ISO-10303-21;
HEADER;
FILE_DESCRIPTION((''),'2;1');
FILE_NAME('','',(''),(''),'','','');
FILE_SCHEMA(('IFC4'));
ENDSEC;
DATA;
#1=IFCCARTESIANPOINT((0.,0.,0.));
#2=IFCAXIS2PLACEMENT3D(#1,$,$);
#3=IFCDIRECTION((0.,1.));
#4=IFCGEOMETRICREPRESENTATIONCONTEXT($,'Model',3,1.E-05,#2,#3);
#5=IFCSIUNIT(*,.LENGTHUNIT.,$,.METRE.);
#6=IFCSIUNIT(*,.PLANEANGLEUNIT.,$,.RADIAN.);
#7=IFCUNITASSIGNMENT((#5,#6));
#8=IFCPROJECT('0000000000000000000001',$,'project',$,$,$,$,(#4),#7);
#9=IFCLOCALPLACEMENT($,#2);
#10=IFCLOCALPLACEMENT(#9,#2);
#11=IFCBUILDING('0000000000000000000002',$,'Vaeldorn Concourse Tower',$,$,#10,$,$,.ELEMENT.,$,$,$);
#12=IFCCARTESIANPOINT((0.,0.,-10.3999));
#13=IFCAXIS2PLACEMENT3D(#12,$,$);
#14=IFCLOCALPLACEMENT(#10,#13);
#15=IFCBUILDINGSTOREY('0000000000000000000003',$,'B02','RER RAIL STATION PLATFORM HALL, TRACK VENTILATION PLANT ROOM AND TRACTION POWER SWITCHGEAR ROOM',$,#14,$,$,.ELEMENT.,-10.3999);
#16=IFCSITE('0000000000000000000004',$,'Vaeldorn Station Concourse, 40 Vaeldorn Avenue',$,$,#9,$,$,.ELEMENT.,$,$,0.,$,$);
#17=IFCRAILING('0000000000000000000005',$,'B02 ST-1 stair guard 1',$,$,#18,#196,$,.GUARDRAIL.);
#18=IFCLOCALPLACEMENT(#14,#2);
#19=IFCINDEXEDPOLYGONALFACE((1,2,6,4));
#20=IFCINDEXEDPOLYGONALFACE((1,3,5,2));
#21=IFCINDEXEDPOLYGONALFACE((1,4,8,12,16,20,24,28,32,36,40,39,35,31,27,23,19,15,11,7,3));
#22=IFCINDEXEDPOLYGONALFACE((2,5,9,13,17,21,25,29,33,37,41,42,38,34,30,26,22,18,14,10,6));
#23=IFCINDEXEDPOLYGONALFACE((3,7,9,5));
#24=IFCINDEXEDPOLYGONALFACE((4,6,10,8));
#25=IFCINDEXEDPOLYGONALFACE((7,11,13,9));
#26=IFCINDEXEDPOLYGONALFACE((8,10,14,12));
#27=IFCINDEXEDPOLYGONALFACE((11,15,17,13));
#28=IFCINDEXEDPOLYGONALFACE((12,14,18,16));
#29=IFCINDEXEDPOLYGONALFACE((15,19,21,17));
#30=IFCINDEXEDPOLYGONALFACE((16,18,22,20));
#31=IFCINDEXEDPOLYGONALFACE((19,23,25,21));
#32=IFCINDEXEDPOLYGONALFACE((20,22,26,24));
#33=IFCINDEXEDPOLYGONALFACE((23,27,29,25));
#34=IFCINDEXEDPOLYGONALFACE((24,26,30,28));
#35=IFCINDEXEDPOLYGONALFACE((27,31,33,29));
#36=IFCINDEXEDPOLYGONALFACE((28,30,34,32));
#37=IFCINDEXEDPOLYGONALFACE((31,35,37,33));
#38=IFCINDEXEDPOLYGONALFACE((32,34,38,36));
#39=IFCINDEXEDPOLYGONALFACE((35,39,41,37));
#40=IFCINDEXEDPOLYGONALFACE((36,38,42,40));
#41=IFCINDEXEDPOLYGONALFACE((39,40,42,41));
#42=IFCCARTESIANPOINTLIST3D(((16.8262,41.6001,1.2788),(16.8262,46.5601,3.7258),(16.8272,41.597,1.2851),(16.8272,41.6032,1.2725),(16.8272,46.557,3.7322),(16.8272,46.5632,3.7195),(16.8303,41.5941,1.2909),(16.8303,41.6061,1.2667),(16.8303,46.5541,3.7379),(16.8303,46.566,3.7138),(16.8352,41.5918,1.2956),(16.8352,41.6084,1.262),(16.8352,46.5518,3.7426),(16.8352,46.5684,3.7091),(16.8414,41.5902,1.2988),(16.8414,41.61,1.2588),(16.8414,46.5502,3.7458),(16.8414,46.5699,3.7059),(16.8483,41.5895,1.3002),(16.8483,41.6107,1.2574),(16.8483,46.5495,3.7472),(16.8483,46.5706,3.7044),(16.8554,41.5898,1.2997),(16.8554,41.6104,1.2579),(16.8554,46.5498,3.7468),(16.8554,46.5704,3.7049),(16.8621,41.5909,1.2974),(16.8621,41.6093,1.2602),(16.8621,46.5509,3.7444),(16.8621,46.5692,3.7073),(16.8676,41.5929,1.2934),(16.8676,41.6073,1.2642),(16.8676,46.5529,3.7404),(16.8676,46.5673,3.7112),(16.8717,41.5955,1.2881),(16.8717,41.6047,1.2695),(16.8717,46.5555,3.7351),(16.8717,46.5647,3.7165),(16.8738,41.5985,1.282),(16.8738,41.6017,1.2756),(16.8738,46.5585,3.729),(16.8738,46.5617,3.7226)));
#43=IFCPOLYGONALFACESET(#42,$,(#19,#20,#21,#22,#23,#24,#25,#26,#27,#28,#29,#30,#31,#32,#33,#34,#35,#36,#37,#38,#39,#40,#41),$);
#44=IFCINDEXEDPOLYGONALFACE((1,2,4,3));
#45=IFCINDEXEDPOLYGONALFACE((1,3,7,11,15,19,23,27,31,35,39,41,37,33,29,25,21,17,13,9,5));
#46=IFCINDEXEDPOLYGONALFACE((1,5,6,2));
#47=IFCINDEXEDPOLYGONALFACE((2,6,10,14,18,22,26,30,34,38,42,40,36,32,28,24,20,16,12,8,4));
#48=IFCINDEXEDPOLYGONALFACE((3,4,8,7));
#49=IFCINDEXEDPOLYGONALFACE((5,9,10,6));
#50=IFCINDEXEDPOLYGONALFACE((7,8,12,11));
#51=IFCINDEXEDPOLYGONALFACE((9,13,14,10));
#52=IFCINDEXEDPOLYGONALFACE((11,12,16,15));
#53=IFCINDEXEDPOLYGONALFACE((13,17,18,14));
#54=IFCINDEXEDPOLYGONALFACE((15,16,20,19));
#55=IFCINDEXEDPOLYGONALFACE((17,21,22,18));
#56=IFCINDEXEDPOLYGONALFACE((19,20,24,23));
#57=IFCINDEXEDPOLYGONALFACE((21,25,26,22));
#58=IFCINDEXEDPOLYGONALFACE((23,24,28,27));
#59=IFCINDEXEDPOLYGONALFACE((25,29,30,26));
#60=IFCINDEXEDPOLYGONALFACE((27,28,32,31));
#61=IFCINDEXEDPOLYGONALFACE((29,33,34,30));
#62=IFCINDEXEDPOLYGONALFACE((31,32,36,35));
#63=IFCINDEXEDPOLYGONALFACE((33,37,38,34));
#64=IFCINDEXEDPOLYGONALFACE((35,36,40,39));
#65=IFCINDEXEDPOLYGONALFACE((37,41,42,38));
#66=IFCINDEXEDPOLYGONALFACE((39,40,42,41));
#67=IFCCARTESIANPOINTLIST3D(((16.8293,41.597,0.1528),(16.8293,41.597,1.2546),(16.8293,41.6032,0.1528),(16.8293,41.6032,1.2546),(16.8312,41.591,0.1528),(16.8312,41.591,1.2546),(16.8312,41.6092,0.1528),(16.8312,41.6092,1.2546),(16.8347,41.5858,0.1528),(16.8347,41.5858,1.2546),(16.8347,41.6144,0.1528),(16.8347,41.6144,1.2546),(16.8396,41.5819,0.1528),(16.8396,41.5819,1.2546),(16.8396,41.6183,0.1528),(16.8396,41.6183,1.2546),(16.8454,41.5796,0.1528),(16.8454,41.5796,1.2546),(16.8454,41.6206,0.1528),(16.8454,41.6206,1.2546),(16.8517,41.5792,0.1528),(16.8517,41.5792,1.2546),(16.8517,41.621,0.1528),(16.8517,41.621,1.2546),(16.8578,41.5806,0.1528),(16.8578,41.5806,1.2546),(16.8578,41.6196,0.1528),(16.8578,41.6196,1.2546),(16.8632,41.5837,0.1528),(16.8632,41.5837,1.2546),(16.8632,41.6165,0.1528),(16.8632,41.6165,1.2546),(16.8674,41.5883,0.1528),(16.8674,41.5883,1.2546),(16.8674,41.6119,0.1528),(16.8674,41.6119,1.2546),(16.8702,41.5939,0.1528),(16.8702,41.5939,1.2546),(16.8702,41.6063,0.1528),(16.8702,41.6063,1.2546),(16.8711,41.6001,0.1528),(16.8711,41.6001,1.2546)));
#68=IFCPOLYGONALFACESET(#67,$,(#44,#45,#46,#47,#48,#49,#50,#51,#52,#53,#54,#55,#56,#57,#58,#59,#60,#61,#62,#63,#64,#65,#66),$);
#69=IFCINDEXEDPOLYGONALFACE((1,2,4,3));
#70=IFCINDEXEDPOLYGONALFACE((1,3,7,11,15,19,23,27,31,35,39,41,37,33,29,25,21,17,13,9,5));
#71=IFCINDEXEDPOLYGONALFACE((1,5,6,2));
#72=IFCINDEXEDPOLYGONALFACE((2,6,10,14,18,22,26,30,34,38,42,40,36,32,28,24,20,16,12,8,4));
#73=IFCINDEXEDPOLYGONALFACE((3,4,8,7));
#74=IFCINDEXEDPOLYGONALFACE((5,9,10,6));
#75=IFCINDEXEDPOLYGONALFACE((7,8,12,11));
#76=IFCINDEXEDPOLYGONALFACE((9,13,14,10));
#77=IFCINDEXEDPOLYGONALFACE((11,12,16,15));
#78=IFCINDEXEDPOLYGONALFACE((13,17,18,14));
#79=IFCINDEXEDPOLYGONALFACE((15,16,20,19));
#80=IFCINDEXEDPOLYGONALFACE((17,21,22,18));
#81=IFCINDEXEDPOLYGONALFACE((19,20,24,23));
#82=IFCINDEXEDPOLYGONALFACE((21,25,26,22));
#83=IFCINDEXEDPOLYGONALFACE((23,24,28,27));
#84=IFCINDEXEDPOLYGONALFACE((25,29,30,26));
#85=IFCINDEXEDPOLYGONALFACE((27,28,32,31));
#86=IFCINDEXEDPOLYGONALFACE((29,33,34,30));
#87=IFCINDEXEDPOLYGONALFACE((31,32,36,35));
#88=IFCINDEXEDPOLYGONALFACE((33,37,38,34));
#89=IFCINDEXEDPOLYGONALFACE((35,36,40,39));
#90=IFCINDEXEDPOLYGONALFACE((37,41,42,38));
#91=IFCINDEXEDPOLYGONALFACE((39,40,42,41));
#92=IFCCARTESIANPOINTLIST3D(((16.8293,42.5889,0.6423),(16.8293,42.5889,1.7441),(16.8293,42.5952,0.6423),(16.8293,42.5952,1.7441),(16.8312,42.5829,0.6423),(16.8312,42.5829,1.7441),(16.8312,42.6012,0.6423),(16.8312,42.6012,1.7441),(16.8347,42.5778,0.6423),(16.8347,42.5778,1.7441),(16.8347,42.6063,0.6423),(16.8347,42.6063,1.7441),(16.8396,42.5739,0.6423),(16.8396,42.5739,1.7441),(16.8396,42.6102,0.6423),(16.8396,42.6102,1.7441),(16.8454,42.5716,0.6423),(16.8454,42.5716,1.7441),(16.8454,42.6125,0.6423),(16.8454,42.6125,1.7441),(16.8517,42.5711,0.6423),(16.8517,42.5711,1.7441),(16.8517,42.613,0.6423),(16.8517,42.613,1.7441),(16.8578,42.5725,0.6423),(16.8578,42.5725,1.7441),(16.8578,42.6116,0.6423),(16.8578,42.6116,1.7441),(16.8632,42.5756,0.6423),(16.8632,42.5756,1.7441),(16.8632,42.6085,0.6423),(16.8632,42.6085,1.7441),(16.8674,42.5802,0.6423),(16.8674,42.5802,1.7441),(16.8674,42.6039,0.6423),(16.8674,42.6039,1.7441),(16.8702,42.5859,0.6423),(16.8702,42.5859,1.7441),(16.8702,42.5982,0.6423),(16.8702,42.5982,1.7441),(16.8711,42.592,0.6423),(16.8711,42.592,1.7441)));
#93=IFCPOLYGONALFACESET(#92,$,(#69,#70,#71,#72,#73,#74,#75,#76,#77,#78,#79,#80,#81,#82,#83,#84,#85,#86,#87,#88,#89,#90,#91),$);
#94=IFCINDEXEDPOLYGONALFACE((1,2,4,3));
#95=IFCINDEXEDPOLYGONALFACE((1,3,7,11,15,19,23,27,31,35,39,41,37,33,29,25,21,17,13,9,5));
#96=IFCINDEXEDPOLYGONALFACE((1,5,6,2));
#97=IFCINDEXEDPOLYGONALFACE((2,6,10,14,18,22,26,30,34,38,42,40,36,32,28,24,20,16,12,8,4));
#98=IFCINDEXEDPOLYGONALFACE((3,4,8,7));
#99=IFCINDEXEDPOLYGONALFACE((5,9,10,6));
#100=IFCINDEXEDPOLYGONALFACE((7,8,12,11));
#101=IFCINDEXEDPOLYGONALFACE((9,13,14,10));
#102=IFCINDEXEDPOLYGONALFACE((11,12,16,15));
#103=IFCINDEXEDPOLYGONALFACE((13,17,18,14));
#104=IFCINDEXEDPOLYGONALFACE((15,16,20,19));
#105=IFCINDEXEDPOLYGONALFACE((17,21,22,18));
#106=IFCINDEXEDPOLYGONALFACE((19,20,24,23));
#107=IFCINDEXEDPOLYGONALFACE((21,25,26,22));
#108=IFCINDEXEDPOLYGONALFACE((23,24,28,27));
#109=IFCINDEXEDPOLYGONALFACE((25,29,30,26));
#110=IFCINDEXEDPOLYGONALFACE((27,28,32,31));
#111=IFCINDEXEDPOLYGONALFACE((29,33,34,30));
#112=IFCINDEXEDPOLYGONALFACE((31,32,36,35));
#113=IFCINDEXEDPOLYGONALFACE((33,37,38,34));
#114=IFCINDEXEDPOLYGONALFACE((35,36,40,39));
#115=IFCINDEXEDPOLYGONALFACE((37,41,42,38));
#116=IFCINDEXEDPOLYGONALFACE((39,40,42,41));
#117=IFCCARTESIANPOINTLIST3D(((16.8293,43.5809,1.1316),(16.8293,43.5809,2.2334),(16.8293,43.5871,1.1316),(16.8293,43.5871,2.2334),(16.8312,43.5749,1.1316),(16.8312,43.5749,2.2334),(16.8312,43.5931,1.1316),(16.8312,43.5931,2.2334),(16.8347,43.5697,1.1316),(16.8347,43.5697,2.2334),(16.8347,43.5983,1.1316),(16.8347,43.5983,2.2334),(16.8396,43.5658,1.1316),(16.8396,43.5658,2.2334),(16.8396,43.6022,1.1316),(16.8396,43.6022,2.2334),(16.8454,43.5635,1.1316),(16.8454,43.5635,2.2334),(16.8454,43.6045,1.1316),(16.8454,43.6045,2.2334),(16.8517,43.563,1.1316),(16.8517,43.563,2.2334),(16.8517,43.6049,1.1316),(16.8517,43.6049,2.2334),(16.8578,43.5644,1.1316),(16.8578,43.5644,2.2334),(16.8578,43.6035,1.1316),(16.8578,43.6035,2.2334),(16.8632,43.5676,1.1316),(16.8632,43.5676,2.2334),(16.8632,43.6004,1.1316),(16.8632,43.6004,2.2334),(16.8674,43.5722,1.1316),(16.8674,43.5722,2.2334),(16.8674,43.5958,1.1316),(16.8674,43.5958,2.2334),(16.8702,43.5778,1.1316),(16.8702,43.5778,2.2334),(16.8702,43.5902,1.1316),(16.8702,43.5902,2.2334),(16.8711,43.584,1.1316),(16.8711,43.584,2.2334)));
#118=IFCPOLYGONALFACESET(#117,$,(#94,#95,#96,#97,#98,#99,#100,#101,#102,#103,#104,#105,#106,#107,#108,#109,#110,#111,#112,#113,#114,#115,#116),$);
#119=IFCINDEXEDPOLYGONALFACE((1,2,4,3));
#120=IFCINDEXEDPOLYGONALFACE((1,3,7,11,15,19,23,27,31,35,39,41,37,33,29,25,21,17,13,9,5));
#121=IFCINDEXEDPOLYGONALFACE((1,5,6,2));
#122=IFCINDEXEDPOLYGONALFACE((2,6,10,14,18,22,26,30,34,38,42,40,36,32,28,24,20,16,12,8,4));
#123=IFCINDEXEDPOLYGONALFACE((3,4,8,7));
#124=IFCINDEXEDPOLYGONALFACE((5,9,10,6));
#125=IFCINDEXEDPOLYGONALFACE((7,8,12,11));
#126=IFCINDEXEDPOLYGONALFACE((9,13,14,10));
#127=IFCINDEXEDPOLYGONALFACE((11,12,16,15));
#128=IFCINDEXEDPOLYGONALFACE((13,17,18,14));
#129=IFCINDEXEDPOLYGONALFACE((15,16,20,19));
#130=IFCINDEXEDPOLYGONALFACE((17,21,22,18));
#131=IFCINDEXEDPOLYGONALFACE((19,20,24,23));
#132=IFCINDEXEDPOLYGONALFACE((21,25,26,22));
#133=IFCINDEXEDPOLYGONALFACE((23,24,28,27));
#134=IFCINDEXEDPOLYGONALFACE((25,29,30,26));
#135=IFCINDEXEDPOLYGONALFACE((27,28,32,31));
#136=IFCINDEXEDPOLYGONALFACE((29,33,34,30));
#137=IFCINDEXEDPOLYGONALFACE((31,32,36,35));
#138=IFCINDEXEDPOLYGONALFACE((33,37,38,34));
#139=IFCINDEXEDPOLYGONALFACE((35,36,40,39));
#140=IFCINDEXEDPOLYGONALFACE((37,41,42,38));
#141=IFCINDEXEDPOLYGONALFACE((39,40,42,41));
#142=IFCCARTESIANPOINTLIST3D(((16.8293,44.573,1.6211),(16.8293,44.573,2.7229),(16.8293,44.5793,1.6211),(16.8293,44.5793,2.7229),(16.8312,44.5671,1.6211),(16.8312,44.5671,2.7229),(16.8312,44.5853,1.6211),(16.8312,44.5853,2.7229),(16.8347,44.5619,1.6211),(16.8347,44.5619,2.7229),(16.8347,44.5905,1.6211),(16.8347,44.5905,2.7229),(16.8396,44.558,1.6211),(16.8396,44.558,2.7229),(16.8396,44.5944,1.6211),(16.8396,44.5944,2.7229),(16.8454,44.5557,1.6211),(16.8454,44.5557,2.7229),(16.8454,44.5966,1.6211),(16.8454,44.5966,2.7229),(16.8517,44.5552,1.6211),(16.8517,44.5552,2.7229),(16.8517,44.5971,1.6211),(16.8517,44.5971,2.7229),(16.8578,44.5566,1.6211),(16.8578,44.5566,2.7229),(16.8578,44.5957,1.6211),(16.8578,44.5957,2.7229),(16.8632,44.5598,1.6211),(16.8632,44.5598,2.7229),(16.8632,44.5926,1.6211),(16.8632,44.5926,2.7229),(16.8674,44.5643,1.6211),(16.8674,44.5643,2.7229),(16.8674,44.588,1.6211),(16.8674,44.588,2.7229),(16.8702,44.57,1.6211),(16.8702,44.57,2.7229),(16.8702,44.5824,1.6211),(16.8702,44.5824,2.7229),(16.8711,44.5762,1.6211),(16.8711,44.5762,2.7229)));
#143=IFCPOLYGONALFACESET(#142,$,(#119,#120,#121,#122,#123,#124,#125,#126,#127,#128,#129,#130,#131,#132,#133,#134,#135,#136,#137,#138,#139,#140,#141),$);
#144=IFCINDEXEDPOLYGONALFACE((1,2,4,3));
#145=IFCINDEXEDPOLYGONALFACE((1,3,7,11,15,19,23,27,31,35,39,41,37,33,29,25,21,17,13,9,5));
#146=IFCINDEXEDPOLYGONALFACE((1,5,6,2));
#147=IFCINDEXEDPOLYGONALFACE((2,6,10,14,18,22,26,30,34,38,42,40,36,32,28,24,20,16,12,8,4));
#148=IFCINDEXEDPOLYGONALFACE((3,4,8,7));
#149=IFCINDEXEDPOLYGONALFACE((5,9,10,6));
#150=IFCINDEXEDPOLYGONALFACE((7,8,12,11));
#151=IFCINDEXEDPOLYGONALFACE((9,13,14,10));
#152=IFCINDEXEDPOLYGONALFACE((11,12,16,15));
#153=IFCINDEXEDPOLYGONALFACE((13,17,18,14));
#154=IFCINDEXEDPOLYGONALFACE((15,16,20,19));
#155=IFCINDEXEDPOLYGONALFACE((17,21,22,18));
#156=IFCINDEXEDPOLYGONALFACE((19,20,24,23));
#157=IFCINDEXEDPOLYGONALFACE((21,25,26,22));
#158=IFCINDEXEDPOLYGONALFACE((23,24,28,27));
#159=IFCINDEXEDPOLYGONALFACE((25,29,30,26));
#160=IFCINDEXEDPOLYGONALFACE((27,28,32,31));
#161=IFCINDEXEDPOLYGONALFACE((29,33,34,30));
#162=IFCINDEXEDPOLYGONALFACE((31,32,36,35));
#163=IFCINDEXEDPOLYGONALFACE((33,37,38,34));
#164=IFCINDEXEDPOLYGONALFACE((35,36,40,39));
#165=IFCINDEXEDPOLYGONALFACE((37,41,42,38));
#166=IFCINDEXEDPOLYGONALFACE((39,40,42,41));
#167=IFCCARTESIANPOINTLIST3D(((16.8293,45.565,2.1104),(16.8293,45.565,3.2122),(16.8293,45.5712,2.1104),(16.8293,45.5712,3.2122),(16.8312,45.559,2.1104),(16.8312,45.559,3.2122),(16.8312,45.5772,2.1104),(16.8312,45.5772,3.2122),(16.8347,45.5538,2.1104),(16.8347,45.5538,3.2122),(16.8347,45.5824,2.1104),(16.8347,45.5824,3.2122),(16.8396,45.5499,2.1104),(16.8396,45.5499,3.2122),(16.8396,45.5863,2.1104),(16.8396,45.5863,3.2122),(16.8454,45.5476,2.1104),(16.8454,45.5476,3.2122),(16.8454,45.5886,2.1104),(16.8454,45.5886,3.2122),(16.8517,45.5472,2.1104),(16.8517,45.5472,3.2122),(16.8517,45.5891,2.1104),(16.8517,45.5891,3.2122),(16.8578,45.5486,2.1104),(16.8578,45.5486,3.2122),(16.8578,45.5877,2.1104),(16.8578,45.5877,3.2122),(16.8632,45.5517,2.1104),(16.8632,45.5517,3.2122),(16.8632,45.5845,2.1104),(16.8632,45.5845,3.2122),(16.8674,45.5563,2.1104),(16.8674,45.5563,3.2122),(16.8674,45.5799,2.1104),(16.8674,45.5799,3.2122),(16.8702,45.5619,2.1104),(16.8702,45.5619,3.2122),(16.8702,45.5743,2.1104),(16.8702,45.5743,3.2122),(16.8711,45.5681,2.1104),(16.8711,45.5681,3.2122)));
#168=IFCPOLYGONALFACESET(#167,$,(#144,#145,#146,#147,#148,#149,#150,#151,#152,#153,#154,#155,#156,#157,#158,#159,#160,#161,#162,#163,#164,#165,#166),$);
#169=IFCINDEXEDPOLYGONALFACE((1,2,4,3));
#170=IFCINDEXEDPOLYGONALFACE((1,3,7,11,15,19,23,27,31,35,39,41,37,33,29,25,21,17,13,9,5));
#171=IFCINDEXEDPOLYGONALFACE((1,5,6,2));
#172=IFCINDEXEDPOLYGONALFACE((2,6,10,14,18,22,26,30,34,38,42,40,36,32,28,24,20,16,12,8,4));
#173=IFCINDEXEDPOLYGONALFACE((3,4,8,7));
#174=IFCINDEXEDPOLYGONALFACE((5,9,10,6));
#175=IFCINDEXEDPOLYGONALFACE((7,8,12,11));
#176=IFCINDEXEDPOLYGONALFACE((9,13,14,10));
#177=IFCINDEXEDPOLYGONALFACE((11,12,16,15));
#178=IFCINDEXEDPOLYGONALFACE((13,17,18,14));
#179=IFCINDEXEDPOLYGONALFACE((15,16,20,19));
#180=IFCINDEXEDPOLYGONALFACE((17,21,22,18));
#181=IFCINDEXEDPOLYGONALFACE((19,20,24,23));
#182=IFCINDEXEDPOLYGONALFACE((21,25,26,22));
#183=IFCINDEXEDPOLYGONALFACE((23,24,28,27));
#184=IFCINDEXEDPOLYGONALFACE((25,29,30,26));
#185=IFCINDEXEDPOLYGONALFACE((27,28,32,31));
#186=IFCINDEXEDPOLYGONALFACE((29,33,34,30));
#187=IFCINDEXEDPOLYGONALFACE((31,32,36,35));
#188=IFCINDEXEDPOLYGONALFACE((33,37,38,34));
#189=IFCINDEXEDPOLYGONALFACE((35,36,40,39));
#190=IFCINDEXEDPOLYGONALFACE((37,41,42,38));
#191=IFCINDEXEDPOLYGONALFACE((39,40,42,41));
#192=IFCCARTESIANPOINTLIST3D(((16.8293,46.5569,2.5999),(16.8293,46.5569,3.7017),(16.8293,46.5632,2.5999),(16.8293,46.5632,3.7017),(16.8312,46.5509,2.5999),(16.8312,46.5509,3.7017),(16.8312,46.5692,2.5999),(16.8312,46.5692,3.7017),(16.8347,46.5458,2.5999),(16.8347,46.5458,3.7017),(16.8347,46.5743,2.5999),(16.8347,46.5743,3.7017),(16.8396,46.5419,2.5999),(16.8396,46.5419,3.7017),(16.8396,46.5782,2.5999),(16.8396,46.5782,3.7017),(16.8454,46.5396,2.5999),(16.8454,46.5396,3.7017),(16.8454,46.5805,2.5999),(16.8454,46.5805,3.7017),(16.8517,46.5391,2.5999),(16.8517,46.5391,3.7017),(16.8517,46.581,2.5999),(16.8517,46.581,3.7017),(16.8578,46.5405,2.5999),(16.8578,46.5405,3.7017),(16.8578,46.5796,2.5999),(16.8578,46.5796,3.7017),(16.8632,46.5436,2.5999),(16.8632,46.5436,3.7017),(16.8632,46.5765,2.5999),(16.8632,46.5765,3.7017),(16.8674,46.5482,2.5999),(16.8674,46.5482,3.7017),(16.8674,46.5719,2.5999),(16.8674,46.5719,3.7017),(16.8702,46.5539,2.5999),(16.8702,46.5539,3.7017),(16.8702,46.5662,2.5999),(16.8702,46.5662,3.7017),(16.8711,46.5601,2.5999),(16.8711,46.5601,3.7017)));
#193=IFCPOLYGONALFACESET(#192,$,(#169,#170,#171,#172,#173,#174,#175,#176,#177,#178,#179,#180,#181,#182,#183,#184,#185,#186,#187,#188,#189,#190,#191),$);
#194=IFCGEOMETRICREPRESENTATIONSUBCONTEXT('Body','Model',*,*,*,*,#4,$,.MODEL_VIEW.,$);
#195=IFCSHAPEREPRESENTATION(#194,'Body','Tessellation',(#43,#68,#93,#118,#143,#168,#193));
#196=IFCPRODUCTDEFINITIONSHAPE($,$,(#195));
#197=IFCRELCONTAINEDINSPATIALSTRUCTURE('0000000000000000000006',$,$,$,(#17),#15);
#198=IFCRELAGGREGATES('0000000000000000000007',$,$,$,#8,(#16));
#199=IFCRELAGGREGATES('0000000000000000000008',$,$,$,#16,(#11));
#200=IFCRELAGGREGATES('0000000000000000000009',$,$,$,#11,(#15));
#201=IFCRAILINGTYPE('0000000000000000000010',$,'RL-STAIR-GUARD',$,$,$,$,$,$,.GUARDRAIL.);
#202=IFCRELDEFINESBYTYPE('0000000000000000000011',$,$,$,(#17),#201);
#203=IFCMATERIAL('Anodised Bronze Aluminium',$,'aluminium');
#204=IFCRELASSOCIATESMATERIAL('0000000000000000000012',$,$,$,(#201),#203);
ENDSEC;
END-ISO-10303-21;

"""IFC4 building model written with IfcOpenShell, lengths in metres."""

from ifc_helpers import new_model, si_unit, direction, frame, origin, origin_2d, place, context, subcontext, project, spatial, circle, extrude, material, type_object, element, save


model = new_model("IFC4")

# Units and contexts
model_context = context("Model", 3, precision=1e-05, world=origin(), true_north=direction((0.0, 1.0)))
body_context = subcontext(model_context, "Body", "Model", "MODEL_VIEW")
ifc_project = project(units=[si_unit("LENGTHUNIT", "METRE"), si_unit("PLANEANGLEUNIT", "RADIAN")], contexts=[model_context])

# Site, building, storey
site_placement = place(None, origin())
site = spatial("IfcSite", under=ifc_project, at=site_placement, Name="Vaeldorn Station Concourse, 40 Vaeldorn Avenue", CompositionType="ELEMENT", RefElevation=0.0)
building_placement = place(site_placement, origin())
building = spatial("IfcBuilding", under=site, at=building_placement, Name="Vaeldorn Concourse Tower", CompositionType="ELEMENT")
storey_placement = place(building_placement, frame((0.0, 0.0, -10.3999)))
storey = spatial("IfcBuildingStorey", under=building, at=storey_placement, Name="B02", Description="RER RAIL STATION PLATFORM HALL, TRACK VENTILATION PLANT ROOM AND TRACTION POWER SWITCHGEAR ROOM", CompositionType="ELEMENT", Elevation=-10.3999)

# Shared definitions
ifc_material_1 = material(Name="Anodised Bronze Aluminium", Category="aluminium")

# Railing
railing_type_1 = type_object("IfcRailingType", Name="RL-STAIR-GUARD", PredefinedType="GUARDRAIL", material=ifc_material_1)
railing_1_placement = place(storey_placement, frame((16.8501, 41.6001, 0.1528)))
element("IfcRailing", 1, at=railing_1_placement, inside=storey, type_object=railing_type_1, Name="B02 ST-1 stair guard 1", PredefinedType="GUARDRAIL", context=body_context, shape_type="SweptSolid", body=[
    extrude(circle(Radius=0.0239, at=origin_2d()), frame((0.0, 0.0, 1.126), z_axis=(0.0, 0.896798, 0.44244), x_axis=(-1.0, 0.0, 0.0)), (0.0, 0.0, 1.0), 5.5308),
    extrude(circle(Radius=0.021, at=origin_2d()), origin(), (0.0, 0.0, 1.0), 1.1018),
    extrude(circle(Radius=0.021, at=origin_2d()), frame((0.0, 0.9919, 0.4895)), (0.0, 0.0, 1.0), 1.1018),
    extrude(circle(Radius=0.021, at=origin_2d()), frame((0.0, 1.9839, 0.9788)), (0.0, 0.0, 1.0), 1.1018),
    extrude(circle(Radius=0.021, at=origin_2d()), frame((0.0, 2.9761, 1.4683)), (0.0, 0.0, 1.0), 1.1018),
    extrude(circle(Radius=0.021, at=origin_2d()), frame((0.0, 3.968, 1.9575)), (0.0, 0.0, 1.0), 1.1018),
    extrude(circle(Radius=0.021, at=origin_2d()), frame((0.0, 4.96, 2.447)), (0.0, 0.0, 1.0), 1.1018),
])

save(model, "model.ifc")
